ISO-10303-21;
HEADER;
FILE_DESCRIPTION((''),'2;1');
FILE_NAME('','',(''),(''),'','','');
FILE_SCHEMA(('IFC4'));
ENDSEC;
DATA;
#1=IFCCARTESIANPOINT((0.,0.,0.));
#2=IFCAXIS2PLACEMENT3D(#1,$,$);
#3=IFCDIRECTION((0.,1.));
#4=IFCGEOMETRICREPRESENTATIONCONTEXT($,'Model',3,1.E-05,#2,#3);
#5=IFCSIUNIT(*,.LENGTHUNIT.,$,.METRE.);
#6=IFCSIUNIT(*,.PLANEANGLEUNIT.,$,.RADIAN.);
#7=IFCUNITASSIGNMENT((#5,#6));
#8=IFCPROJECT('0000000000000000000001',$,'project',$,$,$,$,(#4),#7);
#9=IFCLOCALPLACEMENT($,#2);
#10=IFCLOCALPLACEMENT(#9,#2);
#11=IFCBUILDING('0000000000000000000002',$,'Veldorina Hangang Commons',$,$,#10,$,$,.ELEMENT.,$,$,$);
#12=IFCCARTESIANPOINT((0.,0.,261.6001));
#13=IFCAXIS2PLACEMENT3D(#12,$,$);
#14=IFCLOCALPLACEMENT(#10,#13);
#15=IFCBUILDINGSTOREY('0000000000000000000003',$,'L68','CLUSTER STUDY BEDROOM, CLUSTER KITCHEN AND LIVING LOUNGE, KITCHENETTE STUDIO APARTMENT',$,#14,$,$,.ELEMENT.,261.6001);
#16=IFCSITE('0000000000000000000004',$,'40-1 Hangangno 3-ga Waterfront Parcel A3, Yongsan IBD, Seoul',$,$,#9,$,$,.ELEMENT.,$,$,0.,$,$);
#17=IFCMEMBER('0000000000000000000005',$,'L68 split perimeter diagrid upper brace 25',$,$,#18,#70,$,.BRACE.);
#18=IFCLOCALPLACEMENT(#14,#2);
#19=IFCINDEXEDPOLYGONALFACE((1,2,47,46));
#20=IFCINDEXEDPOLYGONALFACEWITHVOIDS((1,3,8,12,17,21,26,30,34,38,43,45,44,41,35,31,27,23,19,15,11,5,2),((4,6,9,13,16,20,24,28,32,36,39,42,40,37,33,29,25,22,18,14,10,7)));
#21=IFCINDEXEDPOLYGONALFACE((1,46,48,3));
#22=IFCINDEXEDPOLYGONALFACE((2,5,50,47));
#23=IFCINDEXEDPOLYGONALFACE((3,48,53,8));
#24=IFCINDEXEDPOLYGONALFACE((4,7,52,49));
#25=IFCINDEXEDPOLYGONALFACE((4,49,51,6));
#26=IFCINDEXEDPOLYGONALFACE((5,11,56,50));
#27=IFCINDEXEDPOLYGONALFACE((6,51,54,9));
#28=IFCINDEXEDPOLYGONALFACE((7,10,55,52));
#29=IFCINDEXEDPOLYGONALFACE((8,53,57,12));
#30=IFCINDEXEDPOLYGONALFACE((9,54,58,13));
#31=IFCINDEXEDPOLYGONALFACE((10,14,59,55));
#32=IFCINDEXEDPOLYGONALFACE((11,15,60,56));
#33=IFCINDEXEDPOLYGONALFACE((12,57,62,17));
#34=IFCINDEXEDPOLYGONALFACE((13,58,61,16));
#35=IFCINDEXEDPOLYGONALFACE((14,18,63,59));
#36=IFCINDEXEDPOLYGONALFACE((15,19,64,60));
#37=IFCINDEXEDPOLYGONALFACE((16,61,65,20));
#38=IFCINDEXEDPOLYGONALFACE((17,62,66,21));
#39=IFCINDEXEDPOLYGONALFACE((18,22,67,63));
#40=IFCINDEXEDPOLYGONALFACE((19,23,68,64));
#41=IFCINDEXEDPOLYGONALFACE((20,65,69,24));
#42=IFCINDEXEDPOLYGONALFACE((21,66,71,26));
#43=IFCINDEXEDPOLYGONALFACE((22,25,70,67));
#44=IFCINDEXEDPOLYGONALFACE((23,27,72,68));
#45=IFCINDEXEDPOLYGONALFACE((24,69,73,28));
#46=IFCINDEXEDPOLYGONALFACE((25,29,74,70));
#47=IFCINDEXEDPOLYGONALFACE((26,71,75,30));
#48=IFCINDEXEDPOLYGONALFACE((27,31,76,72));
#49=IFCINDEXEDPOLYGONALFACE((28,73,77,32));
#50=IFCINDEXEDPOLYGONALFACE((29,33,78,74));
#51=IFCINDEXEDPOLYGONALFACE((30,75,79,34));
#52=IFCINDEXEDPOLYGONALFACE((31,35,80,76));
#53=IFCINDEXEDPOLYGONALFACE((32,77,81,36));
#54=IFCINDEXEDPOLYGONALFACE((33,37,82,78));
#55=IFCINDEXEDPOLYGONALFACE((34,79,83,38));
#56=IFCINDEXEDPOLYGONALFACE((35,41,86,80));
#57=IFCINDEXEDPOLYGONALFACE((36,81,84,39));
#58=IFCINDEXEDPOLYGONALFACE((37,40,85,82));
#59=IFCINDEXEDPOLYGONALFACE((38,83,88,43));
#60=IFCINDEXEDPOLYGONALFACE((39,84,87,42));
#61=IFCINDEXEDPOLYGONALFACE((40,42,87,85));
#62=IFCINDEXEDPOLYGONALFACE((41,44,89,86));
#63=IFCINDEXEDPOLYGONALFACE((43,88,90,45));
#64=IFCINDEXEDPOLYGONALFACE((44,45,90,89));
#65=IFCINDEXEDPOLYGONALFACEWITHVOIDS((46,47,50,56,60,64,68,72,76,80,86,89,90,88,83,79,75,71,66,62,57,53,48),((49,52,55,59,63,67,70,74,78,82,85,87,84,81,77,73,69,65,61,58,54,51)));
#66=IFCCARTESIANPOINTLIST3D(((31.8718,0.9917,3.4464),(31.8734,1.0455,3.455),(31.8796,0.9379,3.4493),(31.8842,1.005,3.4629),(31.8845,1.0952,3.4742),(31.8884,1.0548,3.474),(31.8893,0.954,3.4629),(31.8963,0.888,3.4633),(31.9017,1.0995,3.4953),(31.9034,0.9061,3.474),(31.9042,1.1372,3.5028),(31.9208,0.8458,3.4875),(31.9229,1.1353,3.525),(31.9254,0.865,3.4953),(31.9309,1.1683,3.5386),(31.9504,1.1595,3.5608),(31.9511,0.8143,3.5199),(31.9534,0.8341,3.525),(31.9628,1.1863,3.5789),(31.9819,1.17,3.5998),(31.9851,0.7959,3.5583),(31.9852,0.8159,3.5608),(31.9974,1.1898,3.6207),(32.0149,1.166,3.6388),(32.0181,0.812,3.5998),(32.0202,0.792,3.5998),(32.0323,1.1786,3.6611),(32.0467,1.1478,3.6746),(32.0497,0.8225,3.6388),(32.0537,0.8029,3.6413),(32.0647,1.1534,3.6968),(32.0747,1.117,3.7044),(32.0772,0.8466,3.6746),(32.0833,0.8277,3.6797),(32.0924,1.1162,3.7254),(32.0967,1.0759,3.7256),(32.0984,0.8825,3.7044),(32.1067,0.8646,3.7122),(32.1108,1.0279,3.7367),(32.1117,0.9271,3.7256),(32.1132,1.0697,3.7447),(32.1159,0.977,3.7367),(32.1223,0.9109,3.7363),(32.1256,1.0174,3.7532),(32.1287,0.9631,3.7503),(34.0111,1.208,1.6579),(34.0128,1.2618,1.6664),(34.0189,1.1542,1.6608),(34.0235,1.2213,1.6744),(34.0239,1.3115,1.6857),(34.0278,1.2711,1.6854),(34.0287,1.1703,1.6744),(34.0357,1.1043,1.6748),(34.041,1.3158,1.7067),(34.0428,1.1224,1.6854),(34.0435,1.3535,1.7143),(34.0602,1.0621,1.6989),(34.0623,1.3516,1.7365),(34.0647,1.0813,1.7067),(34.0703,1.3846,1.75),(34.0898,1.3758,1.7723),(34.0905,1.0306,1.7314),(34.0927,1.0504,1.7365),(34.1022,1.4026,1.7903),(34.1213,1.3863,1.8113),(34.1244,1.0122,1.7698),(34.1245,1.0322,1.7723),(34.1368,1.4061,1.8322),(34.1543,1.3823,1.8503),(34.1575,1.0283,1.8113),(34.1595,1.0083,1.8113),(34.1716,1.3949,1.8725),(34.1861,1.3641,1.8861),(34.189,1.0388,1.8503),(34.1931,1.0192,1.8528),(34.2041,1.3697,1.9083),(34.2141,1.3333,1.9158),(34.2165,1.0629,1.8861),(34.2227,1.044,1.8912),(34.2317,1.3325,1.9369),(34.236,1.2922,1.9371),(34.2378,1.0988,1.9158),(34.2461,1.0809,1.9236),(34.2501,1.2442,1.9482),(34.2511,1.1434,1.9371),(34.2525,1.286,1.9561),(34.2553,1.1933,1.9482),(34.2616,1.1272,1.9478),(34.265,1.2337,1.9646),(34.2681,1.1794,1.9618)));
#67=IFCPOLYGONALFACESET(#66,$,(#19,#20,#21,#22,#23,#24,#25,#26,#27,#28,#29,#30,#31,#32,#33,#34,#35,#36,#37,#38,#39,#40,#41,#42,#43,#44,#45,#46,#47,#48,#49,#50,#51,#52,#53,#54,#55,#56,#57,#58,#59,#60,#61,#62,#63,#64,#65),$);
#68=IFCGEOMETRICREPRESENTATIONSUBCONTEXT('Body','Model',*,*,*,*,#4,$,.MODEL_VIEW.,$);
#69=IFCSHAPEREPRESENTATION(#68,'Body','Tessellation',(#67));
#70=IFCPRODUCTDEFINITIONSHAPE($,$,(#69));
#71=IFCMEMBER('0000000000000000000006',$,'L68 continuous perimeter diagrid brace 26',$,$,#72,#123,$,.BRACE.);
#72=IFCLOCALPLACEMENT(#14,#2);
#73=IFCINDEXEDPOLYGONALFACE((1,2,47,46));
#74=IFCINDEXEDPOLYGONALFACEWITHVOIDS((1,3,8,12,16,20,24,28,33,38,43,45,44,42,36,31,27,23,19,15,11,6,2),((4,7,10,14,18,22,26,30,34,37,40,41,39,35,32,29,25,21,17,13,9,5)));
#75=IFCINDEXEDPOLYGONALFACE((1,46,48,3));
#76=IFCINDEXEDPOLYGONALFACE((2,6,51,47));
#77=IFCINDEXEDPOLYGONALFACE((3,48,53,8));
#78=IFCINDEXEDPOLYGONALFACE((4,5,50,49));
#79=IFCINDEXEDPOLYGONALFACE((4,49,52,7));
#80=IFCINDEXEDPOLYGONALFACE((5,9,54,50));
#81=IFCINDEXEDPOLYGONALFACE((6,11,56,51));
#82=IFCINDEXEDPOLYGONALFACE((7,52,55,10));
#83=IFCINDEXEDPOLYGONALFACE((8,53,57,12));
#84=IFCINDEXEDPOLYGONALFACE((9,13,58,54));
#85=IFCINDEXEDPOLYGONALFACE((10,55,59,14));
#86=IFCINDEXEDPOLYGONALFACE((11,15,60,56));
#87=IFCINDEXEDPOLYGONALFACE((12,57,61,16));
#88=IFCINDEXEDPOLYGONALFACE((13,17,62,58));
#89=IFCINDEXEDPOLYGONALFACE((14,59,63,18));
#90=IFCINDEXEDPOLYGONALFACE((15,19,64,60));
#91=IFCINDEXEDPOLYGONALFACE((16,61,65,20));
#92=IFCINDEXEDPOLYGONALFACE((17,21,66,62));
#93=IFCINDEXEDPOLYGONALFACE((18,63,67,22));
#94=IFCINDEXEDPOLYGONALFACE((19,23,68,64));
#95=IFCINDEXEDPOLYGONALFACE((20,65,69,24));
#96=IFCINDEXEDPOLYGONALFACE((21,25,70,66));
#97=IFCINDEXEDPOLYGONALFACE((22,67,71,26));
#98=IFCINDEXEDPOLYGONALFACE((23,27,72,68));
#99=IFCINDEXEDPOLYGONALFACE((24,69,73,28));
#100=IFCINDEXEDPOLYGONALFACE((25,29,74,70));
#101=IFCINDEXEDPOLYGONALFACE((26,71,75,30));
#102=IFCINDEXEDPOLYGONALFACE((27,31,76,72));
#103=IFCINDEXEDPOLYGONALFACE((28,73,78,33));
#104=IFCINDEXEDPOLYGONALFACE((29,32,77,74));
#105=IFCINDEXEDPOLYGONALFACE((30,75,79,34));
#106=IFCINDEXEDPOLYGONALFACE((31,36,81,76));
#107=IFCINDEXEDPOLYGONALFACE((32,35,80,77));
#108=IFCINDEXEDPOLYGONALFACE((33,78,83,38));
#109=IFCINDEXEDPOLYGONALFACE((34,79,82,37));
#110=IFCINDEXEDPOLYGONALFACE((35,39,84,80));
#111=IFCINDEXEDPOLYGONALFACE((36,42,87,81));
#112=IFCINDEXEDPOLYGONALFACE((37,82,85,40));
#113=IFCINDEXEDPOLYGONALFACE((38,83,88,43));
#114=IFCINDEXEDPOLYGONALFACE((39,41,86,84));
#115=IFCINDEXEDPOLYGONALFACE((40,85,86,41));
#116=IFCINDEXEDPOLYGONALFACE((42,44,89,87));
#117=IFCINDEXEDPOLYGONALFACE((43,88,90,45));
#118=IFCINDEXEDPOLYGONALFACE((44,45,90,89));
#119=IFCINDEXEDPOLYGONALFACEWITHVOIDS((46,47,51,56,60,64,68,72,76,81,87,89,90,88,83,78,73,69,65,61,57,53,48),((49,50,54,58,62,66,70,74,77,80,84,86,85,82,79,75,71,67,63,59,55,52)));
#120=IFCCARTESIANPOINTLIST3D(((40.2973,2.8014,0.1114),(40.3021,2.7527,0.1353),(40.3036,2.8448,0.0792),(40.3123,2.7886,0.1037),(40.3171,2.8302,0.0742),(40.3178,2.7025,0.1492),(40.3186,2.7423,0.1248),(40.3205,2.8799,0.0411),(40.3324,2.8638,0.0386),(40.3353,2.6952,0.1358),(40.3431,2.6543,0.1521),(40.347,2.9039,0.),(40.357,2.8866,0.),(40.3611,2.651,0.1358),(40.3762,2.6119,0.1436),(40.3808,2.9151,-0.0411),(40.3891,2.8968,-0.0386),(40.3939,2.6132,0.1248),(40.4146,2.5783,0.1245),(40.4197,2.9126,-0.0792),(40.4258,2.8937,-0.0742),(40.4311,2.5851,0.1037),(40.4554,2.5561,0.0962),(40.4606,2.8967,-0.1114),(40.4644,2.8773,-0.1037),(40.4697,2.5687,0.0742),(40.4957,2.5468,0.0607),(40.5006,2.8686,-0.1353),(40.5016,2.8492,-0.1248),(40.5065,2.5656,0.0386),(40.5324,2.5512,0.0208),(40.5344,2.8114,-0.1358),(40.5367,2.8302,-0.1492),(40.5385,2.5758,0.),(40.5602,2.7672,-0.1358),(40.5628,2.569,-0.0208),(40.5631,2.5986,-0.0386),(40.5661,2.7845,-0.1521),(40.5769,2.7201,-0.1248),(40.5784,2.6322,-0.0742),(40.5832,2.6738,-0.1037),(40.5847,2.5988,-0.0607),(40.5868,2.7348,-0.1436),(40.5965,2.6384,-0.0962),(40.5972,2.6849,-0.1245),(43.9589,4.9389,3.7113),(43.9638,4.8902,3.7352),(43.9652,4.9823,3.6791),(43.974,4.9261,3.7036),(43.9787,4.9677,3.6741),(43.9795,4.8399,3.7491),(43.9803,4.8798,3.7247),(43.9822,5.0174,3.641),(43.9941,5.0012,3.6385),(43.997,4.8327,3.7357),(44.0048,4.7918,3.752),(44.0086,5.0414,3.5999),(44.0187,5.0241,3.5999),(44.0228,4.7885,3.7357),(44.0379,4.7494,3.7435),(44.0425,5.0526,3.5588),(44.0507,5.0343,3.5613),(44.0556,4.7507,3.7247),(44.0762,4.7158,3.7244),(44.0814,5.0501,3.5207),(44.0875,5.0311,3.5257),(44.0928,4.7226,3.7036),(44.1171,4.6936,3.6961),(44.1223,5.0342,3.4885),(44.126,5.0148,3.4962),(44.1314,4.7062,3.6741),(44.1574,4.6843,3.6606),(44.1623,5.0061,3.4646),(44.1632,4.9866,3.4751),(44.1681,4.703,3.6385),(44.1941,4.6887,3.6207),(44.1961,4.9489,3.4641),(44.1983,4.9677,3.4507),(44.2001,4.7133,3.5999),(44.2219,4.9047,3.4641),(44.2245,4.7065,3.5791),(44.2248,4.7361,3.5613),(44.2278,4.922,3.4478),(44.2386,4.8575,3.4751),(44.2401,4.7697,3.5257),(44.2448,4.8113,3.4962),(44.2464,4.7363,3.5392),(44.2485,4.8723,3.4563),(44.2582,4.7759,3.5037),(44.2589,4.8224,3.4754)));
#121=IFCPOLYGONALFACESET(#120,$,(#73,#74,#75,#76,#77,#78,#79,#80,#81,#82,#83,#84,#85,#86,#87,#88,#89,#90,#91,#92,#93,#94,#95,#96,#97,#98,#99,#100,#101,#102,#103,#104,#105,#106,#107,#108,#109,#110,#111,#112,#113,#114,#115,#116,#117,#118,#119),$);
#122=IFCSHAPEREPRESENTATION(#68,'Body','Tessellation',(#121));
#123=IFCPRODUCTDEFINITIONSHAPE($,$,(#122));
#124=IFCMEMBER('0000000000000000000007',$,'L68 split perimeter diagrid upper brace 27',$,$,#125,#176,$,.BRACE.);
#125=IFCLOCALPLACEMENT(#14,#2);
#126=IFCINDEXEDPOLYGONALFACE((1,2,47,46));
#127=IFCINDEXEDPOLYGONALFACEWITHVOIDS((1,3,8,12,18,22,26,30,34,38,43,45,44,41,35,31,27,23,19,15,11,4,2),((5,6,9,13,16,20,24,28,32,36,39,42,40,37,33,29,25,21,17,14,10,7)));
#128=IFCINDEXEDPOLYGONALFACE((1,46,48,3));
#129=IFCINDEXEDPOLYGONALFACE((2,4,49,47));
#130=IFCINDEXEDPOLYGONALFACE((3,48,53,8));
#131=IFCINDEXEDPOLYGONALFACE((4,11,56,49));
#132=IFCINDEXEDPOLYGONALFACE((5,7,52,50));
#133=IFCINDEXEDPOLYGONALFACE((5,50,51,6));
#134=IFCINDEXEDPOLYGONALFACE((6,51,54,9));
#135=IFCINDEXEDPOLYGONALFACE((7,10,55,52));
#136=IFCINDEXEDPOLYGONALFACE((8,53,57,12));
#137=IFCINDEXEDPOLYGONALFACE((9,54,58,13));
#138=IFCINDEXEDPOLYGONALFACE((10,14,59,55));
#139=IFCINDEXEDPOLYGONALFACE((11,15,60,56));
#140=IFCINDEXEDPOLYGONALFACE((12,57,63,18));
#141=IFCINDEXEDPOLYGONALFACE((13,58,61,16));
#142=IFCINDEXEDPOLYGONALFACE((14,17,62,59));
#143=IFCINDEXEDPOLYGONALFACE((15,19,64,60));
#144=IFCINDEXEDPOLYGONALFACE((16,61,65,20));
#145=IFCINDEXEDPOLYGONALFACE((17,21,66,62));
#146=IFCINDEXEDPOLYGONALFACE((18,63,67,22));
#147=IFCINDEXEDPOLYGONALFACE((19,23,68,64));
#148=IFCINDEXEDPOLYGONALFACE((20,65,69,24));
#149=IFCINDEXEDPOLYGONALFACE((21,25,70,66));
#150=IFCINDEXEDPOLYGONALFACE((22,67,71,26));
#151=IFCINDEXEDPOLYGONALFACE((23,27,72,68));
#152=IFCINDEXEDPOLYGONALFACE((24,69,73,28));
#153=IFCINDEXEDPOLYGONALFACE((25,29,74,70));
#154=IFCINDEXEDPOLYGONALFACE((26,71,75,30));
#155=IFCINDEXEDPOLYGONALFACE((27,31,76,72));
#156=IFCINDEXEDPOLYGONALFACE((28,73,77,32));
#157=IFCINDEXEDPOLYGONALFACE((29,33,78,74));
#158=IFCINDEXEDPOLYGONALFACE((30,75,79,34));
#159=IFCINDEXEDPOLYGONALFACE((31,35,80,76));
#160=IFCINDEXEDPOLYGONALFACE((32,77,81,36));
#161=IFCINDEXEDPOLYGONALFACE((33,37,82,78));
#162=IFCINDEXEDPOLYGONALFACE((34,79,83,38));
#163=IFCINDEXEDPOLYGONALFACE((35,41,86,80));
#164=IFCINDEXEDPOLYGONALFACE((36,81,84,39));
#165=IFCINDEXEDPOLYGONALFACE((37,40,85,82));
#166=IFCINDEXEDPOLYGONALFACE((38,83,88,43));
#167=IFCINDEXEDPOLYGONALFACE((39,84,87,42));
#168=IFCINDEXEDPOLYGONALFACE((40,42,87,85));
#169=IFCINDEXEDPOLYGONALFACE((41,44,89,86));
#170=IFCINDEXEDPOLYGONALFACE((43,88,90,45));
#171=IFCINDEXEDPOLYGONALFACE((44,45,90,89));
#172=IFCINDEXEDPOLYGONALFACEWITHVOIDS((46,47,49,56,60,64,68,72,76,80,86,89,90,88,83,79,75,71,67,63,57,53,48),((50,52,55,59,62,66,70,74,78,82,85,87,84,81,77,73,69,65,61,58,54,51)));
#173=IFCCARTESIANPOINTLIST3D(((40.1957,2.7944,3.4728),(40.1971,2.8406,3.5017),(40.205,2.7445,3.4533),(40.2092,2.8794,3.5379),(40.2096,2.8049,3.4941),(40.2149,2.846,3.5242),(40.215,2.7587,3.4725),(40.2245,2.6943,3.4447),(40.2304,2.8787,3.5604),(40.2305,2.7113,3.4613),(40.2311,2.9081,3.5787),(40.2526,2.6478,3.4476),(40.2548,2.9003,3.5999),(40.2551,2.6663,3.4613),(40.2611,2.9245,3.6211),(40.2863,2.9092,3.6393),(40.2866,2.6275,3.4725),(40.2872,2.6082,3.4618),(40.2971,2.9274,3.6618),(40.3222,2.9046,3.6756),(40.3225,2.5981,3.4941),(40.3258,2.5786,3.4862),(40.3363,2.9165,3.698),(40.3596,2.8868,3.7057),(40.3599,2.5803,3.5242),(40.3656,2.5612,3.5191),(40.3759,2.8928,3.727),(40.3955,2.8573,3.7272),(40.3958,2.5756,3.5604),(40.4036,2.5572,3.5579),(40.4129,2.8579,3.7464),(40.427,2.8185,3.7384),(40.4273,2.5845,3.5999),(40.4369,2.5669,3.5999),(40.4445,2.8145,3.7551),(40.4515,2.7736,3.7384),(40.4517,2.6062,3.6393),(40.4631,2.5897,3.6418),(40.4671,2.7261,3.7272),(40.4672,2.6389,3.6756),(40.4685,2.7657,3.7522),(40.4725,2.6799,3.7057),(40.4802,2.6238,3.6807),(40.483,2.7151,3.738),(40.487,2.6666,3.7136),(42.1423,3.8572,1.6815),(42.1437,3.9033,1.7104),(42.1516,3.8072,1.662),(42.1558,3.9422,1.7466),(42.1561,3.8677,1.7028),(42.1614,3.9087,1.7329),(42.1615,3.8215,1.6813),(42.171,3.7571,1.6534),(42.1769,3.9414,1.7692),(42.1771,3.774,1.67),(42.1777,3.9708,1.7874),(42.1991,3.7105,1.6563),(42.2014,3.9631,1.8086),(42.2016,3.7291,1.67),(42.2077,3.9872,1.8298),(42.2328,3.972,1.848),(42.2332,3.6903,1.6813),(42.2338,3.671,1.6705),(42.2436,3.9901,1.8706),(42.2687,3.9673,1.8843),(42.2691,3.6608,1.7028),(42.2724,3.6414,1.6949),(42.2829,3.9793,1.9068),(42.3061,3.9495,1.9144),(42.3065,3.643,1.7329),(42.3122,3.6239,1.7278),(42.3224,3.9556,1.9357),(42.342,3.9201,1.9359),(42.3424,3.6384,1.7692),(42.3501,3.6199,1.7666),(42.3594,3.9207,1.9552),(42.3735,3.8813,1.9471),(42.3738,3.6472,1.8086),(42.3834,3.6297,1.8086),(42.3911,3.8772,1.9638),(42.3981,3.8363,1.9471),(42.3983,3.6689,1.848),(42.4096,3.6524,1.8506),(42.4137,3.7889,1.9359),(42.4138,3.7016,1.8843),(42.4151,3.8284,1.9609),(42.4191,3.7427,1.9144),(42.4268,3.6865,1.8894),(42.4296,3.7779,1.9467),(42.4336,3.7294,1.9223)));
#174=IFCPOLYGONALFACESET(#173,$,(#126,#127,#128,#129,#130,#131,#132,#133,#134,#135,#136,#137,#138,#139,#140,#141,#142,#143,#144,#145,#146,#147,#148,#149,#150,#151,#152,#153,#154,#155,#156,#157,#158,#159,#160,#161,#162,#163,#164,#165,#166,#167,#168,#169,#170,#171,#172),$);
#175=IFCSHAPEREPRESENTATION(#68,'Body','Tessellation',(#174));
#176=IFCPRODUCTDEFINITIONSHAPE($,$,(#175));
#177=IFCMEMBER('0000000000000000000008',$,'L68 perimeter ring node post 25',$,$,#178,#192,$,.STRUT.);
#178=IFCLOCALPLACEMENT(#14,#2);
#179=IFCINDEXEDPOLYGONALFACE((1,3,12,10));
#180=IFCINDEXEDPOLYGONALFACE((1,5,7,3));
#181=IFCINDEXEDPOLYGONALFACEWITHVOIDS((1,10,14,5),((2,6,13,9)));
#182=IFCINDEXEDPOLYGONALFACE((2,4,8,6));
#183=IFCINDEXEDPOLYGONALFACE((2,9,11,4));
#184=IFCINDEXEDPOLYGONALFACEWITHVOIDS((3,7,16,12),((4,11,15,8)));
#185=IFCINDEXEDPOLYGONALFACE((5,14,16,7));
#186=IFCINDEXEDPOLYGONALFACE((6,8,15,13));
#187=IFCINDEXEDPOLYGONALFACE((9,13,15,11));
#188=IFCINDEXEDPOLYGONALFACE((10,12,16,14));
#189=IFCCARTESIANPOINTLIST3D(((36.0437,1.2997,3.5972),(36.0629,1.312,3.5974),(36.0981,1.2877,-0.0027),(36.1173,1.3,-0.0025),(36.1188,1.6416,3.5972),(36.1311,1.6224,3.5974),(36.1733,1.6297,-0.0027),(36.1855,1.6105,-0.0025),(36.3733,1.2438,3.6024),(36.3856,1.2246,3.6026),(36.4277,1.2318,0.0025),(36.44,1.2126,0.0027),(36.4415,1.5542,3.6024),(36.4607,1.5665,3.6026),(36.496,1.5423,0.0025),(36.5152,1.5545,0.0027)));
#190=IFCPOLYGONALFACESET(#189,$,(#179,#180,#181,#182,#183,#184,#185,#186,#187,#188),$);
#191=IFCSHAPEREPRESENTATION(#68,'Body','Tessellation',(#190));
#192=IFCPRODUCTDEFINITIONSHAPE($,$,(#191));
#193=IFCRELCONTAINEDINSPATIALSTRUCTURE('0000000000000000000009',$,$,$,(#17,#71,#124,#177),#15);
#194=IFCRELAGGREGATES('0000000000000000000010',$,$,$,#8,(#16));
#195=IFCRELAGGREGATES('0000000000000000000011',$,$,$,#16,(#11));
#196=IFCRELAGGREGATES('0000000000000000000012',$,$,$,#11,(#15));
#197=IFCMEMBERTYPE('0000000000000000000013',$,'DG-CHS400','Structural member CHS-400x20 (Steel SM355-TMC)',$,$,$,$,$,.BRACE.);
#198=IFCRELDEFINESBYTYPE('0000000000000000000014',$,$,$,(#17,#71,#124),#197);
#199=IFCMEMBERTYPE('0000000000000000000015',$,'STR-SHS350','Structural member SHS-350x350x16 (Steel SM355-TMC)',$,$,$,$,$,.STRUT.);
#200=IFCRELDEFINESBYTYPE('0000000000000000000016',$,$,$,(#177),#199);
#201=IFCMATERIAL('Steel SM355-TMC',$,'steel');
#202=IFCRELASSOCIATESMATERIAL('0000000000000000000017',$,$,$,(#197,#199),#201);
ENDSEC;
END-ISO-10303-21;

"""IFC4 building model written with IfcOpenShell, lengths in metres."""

from ifc_helpers import new_model, si_unit, direction, frame, origin, origin_2d, place, context, subcontext, project, spatial, hollow_rectangle, hollow_circle, extrude, material, material_profile, profile_set, type_object, element, save


model = new_model("IFC4")

# Units and contexts
model_context = context("Model", 3, precision=1e-05, world=origin(), true_north=direction((0.0, 1.0)))
body_context = subcontext(model_context, "Body", "Model", "MODEL_VIEW")
ifc_project = project(units=[si_unit("LENGTHUNIT", "METRE"), si_unit("PLANEANGLEUNIT", "RADIAN")], contexts=[model_context])

# Site, building, storey
site_placement = place(None, origin())
site = spatial("IfcSite", under=ifc_project, at=site_placement, Name="40-1 Hangangno 3-ga Waterfront Parcel A3, Yongsan IBD, Seoul", CompositionType="ELEMENT", RefElevation=0.0)
building_placement = place(site_placement, origin())
building = spatial("IfcBuilding", under=site, at=building_placement, Name="Veldorina Hangang Commons", CompositionType="ELEMENT")
storey_placement = place(building_placement, frame((0.0, 0.0, 261.6001)))
storey = spatial("IfcBuildingStorey", under=building, at=storey_placement, Name="L68", Description="CLUSTER STUDY BEDROOM, CLUSTER KITCHEN AND LIVING LOUNGE, KITCHENETTE STUDIO APARTMENT", CompositionType="ELEMENT", Elevation=261.6001)

# Shared definitions
ifc_material_1 = material(Name="Steel SM355-TMC", Category="steel")

# Members
ifc_material_profile_1 = material_profile(ifc_material_1, hollow_circle(Radius=0.2, WallThickness=0.02, at=origin_2d()), Name="CHS-400x20")
ifc_profile_set_1 = profile_set([ifc_material_profile_1], Name="Steel SM355-TMC")
member_type_1 = type_object("IfcMemberType", Name="DG-CHS400", Description="Structural member CHS-400x20 (Steel SM355-TMC)", PredefinedType="BRACE", material=ifc_profile_set_1)
member_1_placement = place(storey_placement, frame((34.1394, 1.2073, 1.8113), z_axis=(-0.764911, -0.077338, 0.639477), x_axis=(0.100594, -0.994928, 0.0)))
element("IfcMember", 1, at=member_1_placement, inside=storey, type_object=member_type_1, Name="L68 split perimeter diagrid upper brace 25", PredefinedType="BRACE", context=body_context, shape_type="SweptSolid", body=[
    extrude(hollow_circle(Radius=0.2, WallThickness=0.02, at=origin_2d()), origin(), (0.0, 0.0, 1.0), 2.7969),
])
member_2_placement = place(storey_placement, frame((40.4478, 2.7312, 0.0), z_axis=(0.658336, 0.3843, 0.647231), x_axis=(-0.504136, 0.863624, 0.0)))
element("IfcMember", 2, at=member_2_placement, inside=storey, type_object=member_type_1, Name="L68 continuous perimeter diagrid brace 26", PredefinedType="BRACE", context=body_context, shape_type="SweptSolid", body=[
    extrude(hollow_circle(Radius=0.2, WallThickness=0.02, at=origin_2d()), origin(), (0.0, 0.0, 1.0), 5.562),
])
member_3_placement = place(storey_placement, frame((42.2876, 3.8052, 1.8086), z_axis=(-0.682804, -0.372789, 0.628337), x_axis=(0.479199, -0.877706, 0.0)))
element("IfcMember", 3, at=member_3_placement, inside=storey, type_object=member_type_1, Name="L68 split perimeter diagrid upper brace 27", PredefinedType="BRACE", context=body_context, shape_type="SweptSolid", body=[
    extrude(hollow_circle(Radius=0.2, WallThickness=0.02, at=origin_2d()), origin(), (0.0, 0.0, 1.0), 2.8508),
])
ifc_material_profile_2 = material_profile(ifc_material_1, hollow_rectangle(XDim=0.3501, YDim=0.3501, WallThickness=0.0161, at=origin_2d()), Name="SHS-350x350x16")
ifc_profile_set_2 = profile_set([ifc_material_profile_2], Name="Steel SM355-TMC")
member_type_2 = type_object("IfcMemberType", Name="STR-SHS350", Description="Structural member SHS-350x350x16 (Steel SM355-TMC)", PredefinedType="STRUT", material=ifc_profile_set_2)
member_4_placement = place(storey_placement, frame((36.3066, 1.4211, 0.0), z_axis=(-0.015122, 0.003323, 0.99988), x_axis=(-0.214611, -0.9767, 0.0)))
element("IfcMember", 4, at=member_4_placement, inside=storey, type_object=member_type_2, Name="L68 perimeter ring node post 25", PredefinedType="STRUT", context=body_context, shape_type="SweptSolid", body=[
    extrude(hollow_rectangle(XDim=0.3501, YDim=0.3501, WallThickness=0.0161, at=origin_2d()), origin(), (0.0, 0.0, 1.0), 3.6003),
])

save(model, "model.ifc")
